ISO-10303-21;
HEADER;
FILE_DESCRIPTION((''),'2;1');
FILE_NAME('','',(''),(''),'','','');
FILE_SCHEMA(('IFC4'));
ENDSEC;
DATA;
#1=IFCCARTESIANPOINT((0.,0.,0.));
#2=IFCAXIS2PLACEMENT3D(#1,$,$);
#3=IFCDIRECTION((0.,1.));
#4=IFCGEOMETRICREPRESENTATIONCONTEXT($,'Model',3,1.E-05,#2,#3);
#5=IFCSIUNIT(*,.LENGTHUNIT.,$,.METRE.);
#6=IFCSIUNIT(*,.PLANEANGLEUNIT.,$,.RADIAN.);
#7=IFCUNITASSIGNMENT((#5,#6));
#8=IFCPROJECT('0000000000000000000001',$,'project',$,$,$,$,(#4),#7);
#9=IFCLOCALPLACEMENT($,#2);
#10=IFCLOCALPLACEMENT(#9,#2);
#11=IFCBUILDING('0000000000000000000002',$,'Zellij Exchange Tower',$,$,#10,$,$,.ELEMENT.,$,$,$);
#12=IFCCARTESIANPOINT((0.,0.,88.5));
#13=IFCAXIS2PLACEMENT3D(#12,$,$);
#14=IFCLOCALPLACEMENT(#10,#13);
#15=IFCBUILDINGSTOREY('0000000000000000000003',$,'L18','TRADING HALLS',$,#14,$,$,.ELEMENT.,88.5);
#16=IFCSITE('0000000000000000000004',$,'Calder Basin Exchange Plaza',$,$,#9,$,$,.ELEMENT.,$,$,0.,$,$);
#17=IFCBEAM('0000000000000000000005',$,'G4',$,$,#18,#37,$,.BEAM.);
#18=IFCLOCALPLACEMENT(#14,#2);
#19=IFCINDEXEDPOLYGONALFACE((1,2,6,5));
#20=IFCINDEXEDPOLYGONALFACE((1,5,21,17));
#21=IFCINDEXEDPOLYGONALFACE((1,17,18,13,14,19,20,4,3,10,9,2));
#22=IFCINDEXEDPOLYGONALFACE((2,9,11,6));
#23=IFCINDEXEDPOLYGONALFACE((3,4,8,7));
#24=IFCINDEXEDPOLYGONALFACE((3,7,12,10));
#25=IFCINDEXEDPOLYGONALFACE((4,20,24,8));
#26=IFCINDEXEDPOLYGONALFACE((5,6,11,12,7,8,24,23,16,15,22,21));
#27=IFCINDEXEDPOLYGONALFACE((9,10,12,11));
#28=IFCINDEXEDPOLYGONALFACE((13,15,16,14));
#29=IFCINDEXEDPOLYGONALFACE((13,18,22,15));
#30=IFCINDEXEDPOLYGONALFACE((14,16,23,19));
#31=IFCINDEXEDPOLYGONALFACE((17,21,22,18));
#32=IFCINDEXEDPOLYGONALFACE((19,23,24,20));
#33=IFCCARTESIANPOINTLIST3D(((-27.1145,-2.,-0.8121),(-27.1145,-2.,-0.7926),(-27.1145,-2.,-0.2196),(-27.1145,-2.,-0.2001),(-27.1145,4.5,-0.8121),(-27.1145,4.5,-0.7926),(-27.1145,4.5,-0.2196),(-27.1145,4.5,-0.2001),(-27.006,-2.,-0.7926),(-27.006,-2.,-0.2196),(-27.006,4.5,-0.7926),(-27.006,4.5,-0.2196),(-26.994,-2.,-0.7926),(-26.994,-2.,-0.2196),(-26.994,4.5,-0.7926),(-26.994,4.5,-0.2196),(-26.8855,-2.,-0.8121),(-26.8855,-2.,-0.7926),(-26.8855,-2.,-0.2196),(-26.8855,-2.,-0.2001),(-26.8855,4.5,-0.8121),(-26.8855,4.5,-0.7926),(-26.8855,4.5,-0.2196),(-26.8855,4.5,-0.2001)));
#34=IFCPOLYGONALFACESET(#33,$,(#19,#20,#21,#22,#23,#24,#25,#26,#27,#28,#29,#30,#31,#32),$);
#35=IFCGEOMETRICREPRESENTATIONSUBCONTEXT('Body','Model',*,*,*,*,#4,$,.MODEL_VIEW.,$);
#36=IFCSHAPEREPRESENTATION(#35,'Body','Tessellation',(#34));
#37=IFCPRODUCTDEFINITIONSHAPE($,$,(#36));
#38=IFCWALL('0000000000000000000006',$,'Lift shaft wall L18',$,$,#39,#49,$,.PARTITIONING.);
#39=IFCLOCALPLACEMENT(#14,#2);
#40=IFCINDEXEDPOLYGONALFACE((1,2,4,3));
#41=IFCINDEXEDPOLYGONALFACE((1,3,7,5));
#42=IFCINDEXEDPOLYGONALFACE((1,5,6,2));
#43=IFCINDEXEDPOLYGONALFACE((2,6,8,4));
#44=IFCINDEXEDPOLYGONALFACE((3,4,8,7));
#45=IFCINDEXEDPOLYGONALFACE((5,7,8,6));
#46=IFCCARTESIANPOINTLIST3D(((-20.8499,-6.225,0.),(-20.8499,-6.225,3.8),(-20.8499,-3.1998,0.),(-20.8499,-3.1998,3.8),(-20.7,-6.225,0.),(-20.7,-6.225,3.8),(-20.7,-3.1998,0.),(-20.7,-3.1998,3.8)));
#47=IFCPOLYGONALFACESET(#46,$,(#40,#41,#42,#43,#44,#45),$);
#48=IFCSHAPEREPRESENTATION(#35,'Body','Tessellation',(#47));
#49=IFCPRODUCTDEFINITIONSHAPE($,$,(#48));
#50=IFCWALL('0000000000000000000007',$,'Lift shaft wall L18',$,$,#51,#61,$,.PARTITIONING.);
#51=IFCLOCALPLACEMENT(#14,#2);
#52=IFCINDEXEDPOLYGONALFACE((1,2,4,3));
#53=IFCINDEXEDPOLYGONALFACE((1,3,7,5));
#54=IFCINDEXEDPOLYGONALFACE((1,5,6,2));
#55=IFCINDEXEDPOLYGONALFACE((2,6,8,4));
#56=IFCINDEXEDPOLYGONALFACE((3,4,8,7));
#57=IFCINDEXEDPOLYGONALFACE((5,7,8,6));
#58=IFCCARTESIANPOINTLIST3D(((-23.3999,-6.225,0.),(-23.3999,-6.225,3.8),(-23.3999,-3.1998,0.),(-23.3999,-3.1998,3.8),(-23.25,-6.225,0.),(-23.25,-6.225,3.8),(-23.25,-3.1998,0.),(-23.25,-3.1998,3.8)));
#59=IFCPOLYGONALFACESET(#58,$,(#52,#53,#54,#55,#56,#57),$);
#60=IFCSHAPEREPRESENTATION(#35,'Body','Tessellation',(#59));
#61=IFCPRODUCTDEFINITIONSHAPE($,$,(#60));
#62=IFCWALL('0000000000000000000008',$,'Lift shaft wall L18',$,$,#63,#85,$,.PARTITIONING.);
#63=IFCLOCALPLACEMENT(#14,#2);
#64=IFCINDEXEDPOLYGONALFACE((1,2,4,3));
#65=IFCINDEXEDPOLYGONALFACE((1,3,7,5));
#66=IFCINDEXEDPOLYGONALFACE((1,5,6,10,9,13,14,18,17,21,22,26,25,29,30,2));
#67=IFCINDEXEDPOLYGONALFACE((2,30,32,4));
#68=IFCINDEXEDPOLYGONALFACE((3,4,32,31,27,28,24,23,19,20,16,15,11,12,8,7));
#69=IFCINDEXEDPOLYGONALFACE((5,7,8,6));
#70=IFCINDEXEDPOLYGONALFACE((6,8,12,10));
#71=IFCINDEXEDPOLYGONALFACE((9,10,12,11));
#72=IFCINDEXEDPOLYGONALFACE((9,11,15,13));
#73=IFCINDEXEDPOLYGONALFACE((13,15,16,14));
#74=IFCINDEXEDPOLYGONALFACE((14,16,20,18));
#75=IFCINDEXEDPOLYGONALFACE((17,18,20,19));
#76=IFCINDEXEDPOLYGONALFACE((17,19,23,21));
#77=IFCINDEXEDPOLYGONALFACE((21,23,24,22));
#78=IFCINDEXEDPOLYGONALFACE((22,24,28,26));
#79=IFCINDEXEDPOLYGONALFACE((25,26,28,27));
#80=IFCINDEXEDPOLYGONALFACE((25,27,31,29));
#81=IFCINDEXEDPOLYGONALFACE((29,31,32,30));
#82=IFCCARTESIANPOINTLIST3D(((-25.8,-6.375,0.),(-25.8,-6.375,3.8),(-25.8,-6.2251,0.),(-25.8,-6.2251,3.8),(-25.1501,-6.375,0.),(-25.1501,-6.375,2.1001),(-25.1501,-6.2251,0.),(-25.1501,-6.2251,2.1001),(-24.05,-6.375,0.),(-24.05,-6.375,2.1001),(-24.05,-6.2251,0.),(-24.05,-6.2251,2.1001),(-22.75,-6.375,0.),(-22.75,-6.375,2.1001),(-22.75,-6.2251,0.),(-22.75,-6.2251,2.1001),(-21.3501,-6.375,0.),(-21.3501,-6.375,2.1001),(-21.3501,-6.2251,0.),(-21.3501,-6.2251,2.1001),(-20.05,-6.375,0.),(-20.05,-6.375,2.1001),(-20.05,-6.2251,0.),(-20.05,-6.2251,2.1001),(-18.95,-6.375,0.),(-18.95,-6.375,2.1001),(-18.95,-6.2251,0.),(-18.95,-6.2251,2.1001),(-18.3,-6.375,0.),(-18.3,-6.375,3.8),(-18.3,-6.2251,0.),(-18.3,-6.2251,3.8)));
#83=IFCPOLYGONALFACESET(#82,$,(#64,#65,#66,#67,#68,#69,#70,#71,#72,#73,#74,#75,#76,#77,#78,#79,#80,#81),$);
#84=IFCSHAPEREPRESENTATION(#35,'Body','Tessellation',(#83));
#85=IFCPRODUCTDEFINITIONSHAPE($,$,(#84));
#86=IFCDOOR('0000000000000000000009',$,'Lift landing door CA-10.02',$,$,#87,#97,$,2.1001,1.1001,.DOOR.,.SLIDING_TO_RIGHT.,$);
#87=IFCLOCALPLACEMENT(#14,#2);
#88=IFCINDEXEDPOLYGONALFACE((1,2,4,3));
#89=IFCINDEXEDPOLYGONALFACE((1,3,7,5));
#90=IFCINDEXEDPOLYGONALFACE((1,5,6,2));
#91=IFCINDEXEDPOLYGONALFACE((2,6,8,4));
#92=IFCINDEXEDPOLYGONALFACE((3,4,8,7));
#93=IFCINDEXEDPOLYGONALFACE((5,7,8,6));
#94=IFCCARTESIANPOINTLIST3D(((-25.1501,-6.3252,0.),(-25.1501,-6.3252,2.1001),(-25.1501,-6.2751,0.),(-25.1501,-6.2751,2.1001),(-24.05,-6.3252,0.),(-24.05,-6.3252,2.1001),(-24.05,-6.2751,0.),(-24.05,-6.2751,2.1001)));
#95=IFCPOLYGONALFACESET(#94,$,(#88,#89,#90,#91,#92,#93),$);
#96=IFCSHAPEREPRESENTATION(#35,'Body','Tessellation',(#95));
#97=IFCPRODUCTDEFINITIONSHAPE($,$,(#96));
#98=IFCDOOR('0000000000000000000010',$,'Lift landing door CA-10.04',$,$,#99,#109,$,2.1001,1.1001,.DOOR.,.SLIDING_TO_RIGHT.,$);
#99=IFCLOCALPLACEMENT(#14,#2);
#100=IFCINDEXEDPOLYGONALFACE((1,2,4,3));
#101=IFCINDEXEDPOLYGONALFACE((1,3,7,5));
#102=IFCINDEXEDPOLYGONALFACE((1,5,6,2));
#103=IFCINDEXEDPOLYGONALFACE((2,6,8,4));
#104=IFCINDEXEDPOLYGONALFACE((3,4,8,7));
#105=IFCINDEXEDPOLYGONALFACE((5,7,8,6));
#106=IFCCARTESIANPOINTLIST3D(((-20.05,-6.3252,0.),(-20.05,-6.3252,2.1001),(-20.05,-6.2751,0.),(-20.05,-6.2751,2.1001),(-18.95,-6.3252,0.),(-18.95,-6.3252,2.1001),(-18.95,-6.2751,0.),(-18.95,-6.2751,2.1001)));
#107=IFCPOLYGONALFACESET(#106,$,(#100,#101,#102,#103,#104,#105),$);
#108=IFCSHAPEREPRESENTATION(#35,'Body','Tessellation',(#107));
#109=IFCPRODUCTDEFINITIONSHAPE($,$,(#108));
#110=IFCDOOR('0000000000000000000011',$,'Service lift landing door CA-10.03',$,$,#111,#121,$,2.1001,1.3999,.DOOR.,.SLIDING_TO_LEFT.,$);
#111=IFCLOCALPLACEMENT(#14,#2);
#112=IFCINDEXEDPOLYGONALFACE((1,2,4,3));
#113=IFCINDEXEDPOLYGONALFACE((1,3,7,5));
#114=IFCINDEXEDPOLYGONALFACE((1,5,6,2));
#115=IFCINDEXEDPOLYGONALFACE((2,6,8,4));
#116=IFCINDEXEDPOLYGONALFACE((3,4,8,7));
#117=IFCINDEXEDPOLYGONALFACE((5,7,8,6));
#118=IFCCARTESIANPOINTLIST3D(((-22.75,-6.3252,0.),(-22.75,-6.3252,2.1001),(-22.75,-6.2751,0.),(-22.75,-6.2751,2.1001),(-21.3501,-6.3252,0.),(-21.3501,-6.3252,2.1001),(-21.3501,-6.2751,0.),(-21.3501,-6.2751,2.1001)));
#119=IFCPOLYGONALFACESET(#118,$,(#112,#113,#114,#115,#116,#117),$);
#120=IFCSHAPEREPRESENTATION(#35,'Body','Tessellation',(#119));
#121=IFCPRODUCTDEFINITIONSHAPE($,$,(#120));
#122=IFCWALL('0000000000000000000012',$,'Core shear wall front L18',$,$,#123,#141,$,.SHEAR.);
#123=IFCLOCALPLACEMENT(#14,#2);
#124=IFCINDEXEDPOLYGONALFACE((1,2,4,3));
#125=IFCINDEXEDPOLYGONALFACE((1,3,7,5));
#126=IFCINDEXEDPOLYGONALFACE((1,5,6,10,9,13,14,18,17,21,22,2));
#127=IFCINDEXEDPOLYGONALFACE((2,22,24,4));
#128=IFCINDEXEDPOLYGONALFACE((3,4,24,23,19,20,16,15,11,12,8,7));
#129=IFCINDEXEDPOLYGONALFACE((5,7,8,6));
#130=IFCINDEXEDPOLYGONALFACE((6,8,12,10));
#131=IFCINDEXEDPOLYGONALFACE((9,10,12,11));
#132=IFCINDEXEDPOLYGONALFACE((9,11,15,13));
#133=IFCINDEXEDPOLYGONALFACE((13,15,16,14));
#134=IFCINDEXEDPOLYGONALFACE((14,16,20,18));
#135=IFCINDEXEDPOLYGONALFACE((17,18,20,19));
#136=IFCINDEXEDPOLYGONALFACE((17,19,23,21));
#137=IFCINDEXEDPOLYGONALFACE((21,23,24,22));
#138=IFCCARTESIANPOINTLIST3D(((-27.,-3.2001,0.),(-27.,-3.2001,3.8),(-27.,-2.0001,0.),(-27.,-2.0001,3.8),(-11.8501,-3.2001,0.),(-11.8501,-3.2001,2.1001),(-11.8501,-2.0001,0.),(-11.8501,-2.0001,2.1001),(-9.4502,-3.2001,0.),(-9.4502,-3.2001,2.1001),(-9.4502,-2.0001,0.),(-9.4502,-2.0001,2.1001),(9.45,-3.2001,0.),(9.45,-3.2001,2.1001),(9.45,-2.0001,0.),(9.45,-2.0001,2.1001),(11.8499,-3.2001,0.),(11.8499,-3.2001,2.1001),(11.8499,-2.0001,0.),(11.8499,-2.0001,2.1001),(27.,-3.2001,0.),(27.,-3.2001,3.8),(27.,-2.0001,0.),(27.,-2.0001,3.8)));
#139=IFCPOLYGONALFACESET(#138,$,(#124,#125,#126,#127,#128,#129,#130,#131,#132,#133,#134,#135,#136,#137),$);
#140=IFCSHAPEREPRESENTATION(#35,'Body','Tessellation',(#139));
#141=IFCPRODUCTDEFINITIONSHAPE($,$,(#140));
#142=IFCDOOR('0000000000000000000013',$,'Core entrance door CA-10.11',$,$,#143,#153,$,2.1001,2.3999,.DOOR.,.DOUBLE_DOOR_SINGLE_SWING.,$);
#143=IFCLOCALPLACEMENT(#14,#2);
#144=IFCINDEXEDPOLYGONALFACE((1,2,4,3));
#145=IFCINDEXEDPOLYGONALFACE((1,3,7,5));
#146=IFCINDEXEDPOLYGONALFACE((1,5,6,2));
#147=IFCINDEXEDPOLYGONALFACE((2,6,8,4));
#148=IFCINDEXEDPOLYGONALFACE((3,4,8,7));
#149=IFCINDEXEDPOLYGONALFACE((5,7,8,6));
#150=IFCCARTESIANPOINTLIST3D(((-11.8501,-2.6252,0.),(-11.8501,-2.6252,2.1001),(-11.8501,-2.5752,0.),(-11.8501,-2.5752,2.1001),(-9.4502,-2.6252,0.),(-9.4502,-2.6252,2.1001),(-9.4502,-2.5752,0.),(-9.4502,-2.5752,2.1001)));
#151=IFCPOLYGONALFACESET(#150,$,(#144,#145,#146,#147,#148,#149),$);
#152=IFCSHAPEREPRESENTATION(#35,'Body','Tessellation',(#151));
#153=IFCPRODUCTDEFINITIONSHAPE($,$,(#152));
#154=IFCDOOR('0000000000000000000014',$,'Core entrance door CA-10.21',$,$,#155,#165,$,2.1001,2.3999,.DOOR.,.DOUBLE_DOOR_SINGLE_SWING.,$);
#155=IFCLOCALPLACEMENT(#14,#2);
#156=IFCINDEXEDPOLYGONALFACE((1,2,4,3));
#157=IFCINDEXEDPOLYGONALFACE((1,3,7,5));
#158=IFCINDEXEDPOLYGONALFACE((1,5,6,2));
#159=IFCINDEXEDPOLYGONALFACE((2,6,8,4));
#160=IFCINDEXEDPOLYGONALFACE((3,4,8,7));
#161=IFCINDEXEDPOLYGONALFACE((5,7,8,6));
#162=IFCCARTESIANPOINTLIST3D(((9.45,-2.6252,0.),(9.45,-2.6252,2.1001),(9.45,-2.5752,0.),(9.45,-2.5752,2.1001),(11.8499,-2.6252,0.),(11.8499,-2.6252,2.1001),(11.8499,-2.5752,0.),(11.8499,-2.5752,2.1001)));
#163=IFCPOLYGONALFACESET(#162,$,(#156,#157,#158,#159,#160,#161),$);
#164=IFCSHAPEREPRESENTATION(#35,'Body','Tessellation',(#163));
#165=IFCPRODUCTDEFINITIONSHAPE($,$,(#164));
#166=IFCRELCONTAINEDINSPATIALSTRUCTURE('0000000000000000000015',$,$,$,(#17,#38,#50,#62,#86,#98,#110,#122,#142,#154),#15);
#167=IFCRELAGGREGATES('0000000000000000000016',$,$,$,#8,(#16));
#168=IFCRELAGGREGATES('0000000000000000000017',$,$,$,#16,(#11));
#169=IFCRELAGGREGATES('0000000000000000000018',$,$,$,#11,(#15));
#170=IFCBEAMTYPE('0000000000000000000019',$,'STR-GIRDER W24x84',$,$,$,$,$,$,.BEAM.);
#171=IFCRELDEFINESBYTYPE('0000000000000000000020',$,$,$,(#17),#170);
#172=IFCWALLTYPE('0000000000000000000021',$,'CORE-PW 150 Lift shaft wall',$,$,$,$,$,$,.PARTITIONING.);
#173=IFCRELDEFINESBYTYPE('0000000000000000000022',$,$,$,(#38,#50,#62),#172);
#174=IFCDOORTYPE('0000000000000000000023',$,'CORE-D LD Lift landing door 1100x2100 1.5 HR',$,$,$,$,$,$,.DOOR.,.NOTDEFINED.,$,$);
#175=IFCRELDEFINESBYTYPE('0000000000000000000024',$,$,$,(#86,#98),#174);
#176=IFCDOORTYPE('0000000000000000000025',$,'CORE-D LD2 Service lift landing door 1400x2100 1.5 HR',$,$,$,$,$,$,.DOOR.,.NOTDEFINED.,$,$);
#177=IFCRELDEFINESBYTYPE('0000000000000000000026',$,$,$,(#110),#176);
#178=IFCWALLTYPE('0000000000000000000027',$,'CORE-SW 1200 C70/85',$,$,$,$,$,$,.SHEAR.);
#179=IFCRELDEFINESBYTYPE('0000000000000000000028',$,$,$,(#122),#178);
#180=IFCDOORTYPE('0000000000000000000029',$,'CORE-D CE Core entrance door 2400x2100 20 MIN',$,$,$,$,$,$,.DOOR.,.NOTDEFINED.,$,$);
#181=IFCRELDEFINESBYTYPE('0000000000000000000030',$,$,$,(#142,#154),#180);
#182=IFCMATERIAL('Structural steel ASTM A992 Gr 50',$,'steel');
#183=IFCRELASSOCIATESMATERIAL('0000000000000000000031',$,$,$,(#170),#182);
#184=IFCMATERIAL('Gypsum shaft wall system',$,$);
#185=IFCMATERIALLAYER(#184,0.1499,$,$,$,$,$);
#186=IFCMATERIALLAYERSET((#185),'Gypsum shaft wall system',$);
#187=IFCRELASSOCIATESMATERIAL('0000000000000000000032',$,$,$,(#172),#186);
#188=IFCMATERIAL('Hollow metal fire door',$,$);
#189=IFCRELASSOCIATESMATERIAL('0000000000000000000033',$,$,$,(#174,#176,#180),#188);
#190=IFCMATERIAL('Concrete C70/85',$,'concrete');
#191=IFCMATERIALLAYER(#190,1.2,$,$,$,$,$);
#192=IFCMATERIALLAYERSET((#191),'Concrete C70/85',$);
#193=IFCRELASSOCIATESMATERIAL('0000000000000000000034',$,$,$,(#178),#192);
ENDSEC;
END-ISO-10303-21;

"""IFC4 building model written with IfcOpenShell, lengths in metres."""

from ifc_helpers import new_model, si_unit, direction, frame, frame_2d, origin, origin_2d, place, context, subcontext, project, spatial, rectangle, i_section, extrude, material, layer, layer_set, material_profile, profile_set, type_object, element, fill, save


model = new_model("IFC4")

# Units and contexts
model_context = context("Model", 3, precision=1e-05, world=origin(), true_north=direction((0.0, 1.0)))
body_context = subcontext(model_context, "Body", "Model", "MODEL_VIEW")
ifc_project = project(units=[si_unit("LENGTHUNIT", "METRE"), si_unit("PLANEANGLEUNIT", "RADIAN")], contexts=[model_context])

# Site, building, storey
site_placement = place(None, origin())
site = spatial("IfcSite", under=ifc_project, at=site_placement, Name="Calder Basin Exchange Plaza", CompositionType="ELEMENT", RefElevation=0.0)
building_placement = place(site_placement, origin())
building = spatial("IfcBuilding", under=site, at=building_placement, Name="Zellij Exchange Tower", CompositionType="ELEMENT")
storey_placement = place(building_placement, frame((0.0, 0.0, 88.5)))
storey = spatial("IfcBuildingStorey", under=building, at=storey_placement, Name="L18", Description="TRADING HALLS", CompositionType="ELEMENT", Elevation=88.5)

# Shared definitions
ifc_material_1 = material(Name="Concrete C70/85", Category="concrete")

# Beam
ifc_material_2 = material(Name="Structural steel ASTM A992 Gr 50", Category="steel")
ifc_material_profile_1 = material_profile(ifc_material_2, i_section(OverallWidth=0.229, OverallDepth=0.6121, WebThickness=0.012, FlangeThickness=0.0195, at=origin_2d()), Name="W24x84")
ifc_profile_set_1 = profile_set([ifc_material_profile_1], Name="Structural steel ASTM A992 Gr 50")
beam_type_1 = type_object("IfcBeamType", Name="STR-GIRDER W24x84", PredefinedType="BEAM", material=ifc_profile_set_1)
beam_1_placement = place(storey_placement, frame((-27.0, -2.0, -0.5061), z_axis=(0.0, 1.0, 0.0), x_axis=(-1.0, 0.0, 0.0)))
element("IfcBeam", 1, at=beam_1_placement, inside=storey, type_object=beam_type_1, Name="G4", PredefinedType="BEAM", context=body_context, shape_type="SweptSolid", body=[
    extrude(i_section(OverallWidth=0.229, OverallDepth=0.6121, WebThickness=0.012, FlangeThickness=0.0195, at=origin_2d()), origin(), (0.0, 0.0, 1.0), 6.5),
])

# Walls
ifc_material_3 = material(Name="Gypsum shaft wall system")
ifc_layer_1 = layer(ifc_material_3, 0.1499)
ifc_layer_set_1 = layer_set([ifc_layer_1], Name="Gypsum shaft wall system")
wall_type_1 = type_object("IfcWallType", Name="CORE-PW 150 Lift shaft wall", PredefinedType="PARTITIONING", material=ifc_layer_set_1)
for number, where, z_axis, x_axis, name in (
    (2, (-20.7749, -6.2251, 0.0), (0.0, 0.0, 1.0), (0.0, 1.0, 0.0), "Lift shaft wall L18"),
    (3, (-23.325, -6.2251, 0.0), (0.0, 0.0, 1.0), (0.0, 1.0, 0.0), "Lift shaft wall L18"),
):
    element("IfcWall", number, at=place(storey_placement, frame(where, z_axis=z_axis, x_axis=x_axis)), inside=storey, type_object=wall_type_1, Name=name, PredefinedType="PARTITIONING", context=body_context, shape_type="SweptSolid", body=[
        extrude(rectangle(XDim=3.0251, YDim=0.1499, at=frame_2d((1.5127, 0.0))), origin(), (0.0, 0.0, 1.0), 3.8),
    ])

# Walls, openings, doors
wall_1_placement = place(storey_placement, frame((-25.8, -6.3, 0.0), z_axis=(0.0, 0.0, 1.0), x_axis=(1.0, 0.0, 0.0)))
wall_1 = element("IfcWall", 4, at=wall_1_placement, inside=storey, type_object=wall_type_1, Name="Lift shaft wall L18", PredefinedType="PARTITIONING", context=body_context, shape_type="SweptSolid", body=[
    extrude(rectangle(XDim=7.5, YDim=0.1499, at=frame_2d((3.75, 0.0))), origin(), (0.0, 0.0, 1.0), 3.8),
])
opening_1_placement = place(wall_1_placement, frame((0.6499, 0.0, 0.0)))
opening_1 = element("IfcOpeningElement", 5, at=opening_1_placement, cuts=wall_1, PredefinedType="OPENING", context=body_context, shape_type="SweptSolid", body=[
    extrude(rectangle(XDim=1.1001, YDim=2.1001, at=frame_2d((0.55, 1.05))), frame((0.0, 0.0869, 0.0), z_axis=(0.0, -1.0, 0.0), x_axis=(1.0, 0.0, 0.0)), (0.0, 0.0, 1.0), 0.1738),
])
opening_2_placement = place(wall_1_placement, frame((3.05, 0.0, 0.0)))
opening_2 = element("IfcOpeningElement", 6, at=opening_2_placement, cuts=wall_1, PredefinedType="OPENING", context=body_context, shape_type="SweptSolid", body=[
    extrude(rectangle(XDim=1.3999, YDim=2.1001, at=frame_2d((0.7, 1.05))), frame((0.0, 0.0869, 0.0), z_axis=(0.0, -1.0, 0.0), x_axis=(1.0, 0.0, 0.0)), (0.0, 0.0, 1.0), 0.1738),
])
opening_3_placement = place(wall_1_placement, frame((5.75, 0.0, 0.0)))
opening_3 = element("IfcOpeningElement", 7, at=opening_3_placement, cuts=wall_1, PredefinedType="OPENING", context=body_context, shape_type="SweptSolid", body=[
    extrude(rectangle(XDim=1.1001, YDim=2.1001, at=frame_2d((0.55, 1.05))), frame((0.0, 0.0869, 0.0), z_axis=(0.0, -1.0, 0.0), x_axis=(1.0, 0.0, 0.0)), (0.0, 0.0, 1.0), 0.1738),
])
ifc_material_4 = material(Name="Hollow metal fire door")
door_type_1 = type_object("IfcDoorType", Name="CORE-D LD Lift landing door 1100x2100 1.5 HR", OperationType="NOTDEFINED", PredefinedType="DOOR", material=ifc_material_4)
door_1_placement = place(opening_1_placement, origin())
door_1 = element("IfcDoor", 8, at=door_1_placement, inside=storey, type_object=door_type_1, Name="Lift landing door CA-10.02", OperationType="SLIDING_TO_RIGHT", OverallHeight=2.1001, OverallWidth=1.1001, PredefinedType="DOOR", context=body_context, shape_type="SweptSolid", body=[
    extrude(rectangle(XDim=1.1001, YDim=2.1001, at=frame_2d((0.55, 1.05))), frame((0.0, 0.0249, 0.0), z_axis=(0.0, -1.0, 0.0), x_axis=(1.0, 0.0, 0.0)), (0.0, 0.0, 1.0), 0.05),
])
fill(opening_1, door_1)
door_2_placement = place(opening_3_placement, origin())
door_2 = element("IfcDoor", 9, at=door_2_placement, inside=storey, type_object=door_type_1, Name="Lift landing door CA-10.04", OperationType="SLIDING_TO_RIGHT", OverallHeight=2.1001, OverallWidth=1.1001, PredefinedType="DOOR", context=body_context, shape_type="SweptSolid", body=[
    extrude(rectangle(XDim=1.1001, YDim=2.1001, at=frame_2d((0.55, 1.05))), frame((0.0, 0.0249, 0.0), z_axis=(0.0, -1.0, 0.0), x_axis=(1.0, 0.0, 0.0)), (0.0, 0.0, 1.0), 0.05),
])
fill(opening_3, door_2)
door_type_2 = type_object("IfcDoorType", Name="CORE-D LD2 Service lift landing door 1400x2100 1.5 HR", OperationType="NOTDEFINED", PredefinedType="DOOR", material=ifc_material_4)
door_3_placement = place(opening_2_placement, origin())
door_3 = element("IfcDoor", 10, at=door_3_placement, inside=storey, type_object=door_type_2, Name="Service lift landing door CA-10.03", OperationType="SLIDING_TO_LEFT", OverallHeight=2.1001, OverallWidth=1.3999, PredefinedType="DOOR", context=body_context, shape_type="SweptSolid", body=[
    extrude(rectangle(XDim=1.3999, YDim=2.1001, at=frame_2d((0.7, 1.05))), frame((0.0, 0.0249, 0.0), z_axis=(0.0, -1.0, 0.0), x_axis=(1.0, 0.0, 0.0)), (0.0, 0.0, 1.0), 0.05),
])
fill(opening_2, door_3)
ifc_layer_2 = layer(ifc_material_1, 1.2)
ifc_layer_set_2 = layer_set([ifc_layer_2], Name="Concrete C70/85")
wall_type_2 = type_object("IfcWallType", Name="CORE-SW 1200 C70/85", PredefinedType="SHEAR", material=ifc_layer_set_2)
wall_2_placement = place(storey_placement, frame((-27.0, -2.6001, 0.0), z_axis=(0.0, 0.0, 1.0), x_axis=(1.0, 0.0, 0.0)))
wall_2 = element("IfcWall", 11, at=wall_2_placement, inside=storey, type_object=wall_type_2, Name="Core shear wall front L18", PredefinedType="SHEAR", context=body_context, shape_type="SweptSolid", body=[
    extrude(rectangle(XDim=54.0, YDim=1.2, at=frame_2d((27.0, 0.0))), origin(), (0.0, 0.0, 1.0), 3.8),
])
opening_4_placement = place(wall_2_placement, frame((15.1499, 0.0, 0.0)))
opening_4 = element("IfcOpeningElement", 12, at=opening_4_placement, cuts=wall_2, PredefinedType="OPENING", context=body_context, shape_type="SweptSolid", body=[
    extrude(rectangle(XDim=2.3999, YDim=2.1001, at=frame_2d((1.2, 1.05))), frame((0.0, 0.6118, 0.0), z_axis=(0.0, -1.0, 0.0), x_axis=(1.0, 0.0, 0.0)), (0.0, 0.0, 1.0), 1.2239),
])
opening_5_placement = place(wall_2_placement, frame((36.45, 0.0, 0.0)))
opening_5 = element("IfcOpeningElement", 13, at=opening_5_placement, cuts=wall_2, PredefinedType="OPENING", context=body_context, shape_type="SweptSolid", body=[
    extrude(rectangle(XDim=2.3999, YDim=2.1001, at=frame_2d((1.2, 1.05))), frame((0.0, 0.6118, 0.0), z_axis=(0.0, -1.0, 0.0), x_axis=(1.0, 0.0, 0.0)), (0.0, 0.0, 1.0), 1.2239),
])
door_type_3 = type_object("IfcDoorType", Name="CORE-D CE Core entrance door 2400x2100 20 MIN", OperationType="NOTDEFINED", PredefinedType="DOOR", material=ifc_material_4)
door_4_placement = place(opening_4_placement, origin())
door_4 = element("IfcDoor", 14, at=door_4_placement, inside=storey, type_object=door_type_3, Name="Core entrance door CA-10.11", OperationType="DOUBLE_DOOR_SINGLE_SWING", OverallHeight=2.1001, OverallWidth=2.3999, PredefinedType="DOOR", context=body_context, shape_type="SweptSolid", body=[
    extrude(rectangle(XDim=2.3999, YDim=2.1001, at=frame_2d((1.2, 1.05))), frame((0.0, 0.0249, 0.0), z_axis=(0.0, -1.0, 0.0), x_axis=(1.0, 0.0, 0.0)), (0.0, 0.0, 1.0), 0.05),
])
fill(opening_4, door_4)
door_5_placement = place(opening_5_placement, origin())
door_5 = element("IfcDoor", 15, at=door_5_placement, inside=storey, type_object=door_type_3, Name="Core entrance door CA-10.21", OperationType="DOUBLE_DOOR_SINGLE_SWING", OverallHeight=2.1001, OverallWidth=2.3999, PredefinedType="DOOR", context=body_context, shape_type="SweptSolid", body=[
    extrude(rectangle(XDim=2.3999, YDim=2.1001, at=frame_2d((1.2, 1.05))), frame((0.0, 0.0249, 0.0), z_axis=(0.0, -1.0, 0.0), x_axis=(1.0, 0.0, 0.0)), (0.0, 0.0, 1.0), 0.05),
])
fill(opening_5, door_5)

save(model, "model.ifc")
